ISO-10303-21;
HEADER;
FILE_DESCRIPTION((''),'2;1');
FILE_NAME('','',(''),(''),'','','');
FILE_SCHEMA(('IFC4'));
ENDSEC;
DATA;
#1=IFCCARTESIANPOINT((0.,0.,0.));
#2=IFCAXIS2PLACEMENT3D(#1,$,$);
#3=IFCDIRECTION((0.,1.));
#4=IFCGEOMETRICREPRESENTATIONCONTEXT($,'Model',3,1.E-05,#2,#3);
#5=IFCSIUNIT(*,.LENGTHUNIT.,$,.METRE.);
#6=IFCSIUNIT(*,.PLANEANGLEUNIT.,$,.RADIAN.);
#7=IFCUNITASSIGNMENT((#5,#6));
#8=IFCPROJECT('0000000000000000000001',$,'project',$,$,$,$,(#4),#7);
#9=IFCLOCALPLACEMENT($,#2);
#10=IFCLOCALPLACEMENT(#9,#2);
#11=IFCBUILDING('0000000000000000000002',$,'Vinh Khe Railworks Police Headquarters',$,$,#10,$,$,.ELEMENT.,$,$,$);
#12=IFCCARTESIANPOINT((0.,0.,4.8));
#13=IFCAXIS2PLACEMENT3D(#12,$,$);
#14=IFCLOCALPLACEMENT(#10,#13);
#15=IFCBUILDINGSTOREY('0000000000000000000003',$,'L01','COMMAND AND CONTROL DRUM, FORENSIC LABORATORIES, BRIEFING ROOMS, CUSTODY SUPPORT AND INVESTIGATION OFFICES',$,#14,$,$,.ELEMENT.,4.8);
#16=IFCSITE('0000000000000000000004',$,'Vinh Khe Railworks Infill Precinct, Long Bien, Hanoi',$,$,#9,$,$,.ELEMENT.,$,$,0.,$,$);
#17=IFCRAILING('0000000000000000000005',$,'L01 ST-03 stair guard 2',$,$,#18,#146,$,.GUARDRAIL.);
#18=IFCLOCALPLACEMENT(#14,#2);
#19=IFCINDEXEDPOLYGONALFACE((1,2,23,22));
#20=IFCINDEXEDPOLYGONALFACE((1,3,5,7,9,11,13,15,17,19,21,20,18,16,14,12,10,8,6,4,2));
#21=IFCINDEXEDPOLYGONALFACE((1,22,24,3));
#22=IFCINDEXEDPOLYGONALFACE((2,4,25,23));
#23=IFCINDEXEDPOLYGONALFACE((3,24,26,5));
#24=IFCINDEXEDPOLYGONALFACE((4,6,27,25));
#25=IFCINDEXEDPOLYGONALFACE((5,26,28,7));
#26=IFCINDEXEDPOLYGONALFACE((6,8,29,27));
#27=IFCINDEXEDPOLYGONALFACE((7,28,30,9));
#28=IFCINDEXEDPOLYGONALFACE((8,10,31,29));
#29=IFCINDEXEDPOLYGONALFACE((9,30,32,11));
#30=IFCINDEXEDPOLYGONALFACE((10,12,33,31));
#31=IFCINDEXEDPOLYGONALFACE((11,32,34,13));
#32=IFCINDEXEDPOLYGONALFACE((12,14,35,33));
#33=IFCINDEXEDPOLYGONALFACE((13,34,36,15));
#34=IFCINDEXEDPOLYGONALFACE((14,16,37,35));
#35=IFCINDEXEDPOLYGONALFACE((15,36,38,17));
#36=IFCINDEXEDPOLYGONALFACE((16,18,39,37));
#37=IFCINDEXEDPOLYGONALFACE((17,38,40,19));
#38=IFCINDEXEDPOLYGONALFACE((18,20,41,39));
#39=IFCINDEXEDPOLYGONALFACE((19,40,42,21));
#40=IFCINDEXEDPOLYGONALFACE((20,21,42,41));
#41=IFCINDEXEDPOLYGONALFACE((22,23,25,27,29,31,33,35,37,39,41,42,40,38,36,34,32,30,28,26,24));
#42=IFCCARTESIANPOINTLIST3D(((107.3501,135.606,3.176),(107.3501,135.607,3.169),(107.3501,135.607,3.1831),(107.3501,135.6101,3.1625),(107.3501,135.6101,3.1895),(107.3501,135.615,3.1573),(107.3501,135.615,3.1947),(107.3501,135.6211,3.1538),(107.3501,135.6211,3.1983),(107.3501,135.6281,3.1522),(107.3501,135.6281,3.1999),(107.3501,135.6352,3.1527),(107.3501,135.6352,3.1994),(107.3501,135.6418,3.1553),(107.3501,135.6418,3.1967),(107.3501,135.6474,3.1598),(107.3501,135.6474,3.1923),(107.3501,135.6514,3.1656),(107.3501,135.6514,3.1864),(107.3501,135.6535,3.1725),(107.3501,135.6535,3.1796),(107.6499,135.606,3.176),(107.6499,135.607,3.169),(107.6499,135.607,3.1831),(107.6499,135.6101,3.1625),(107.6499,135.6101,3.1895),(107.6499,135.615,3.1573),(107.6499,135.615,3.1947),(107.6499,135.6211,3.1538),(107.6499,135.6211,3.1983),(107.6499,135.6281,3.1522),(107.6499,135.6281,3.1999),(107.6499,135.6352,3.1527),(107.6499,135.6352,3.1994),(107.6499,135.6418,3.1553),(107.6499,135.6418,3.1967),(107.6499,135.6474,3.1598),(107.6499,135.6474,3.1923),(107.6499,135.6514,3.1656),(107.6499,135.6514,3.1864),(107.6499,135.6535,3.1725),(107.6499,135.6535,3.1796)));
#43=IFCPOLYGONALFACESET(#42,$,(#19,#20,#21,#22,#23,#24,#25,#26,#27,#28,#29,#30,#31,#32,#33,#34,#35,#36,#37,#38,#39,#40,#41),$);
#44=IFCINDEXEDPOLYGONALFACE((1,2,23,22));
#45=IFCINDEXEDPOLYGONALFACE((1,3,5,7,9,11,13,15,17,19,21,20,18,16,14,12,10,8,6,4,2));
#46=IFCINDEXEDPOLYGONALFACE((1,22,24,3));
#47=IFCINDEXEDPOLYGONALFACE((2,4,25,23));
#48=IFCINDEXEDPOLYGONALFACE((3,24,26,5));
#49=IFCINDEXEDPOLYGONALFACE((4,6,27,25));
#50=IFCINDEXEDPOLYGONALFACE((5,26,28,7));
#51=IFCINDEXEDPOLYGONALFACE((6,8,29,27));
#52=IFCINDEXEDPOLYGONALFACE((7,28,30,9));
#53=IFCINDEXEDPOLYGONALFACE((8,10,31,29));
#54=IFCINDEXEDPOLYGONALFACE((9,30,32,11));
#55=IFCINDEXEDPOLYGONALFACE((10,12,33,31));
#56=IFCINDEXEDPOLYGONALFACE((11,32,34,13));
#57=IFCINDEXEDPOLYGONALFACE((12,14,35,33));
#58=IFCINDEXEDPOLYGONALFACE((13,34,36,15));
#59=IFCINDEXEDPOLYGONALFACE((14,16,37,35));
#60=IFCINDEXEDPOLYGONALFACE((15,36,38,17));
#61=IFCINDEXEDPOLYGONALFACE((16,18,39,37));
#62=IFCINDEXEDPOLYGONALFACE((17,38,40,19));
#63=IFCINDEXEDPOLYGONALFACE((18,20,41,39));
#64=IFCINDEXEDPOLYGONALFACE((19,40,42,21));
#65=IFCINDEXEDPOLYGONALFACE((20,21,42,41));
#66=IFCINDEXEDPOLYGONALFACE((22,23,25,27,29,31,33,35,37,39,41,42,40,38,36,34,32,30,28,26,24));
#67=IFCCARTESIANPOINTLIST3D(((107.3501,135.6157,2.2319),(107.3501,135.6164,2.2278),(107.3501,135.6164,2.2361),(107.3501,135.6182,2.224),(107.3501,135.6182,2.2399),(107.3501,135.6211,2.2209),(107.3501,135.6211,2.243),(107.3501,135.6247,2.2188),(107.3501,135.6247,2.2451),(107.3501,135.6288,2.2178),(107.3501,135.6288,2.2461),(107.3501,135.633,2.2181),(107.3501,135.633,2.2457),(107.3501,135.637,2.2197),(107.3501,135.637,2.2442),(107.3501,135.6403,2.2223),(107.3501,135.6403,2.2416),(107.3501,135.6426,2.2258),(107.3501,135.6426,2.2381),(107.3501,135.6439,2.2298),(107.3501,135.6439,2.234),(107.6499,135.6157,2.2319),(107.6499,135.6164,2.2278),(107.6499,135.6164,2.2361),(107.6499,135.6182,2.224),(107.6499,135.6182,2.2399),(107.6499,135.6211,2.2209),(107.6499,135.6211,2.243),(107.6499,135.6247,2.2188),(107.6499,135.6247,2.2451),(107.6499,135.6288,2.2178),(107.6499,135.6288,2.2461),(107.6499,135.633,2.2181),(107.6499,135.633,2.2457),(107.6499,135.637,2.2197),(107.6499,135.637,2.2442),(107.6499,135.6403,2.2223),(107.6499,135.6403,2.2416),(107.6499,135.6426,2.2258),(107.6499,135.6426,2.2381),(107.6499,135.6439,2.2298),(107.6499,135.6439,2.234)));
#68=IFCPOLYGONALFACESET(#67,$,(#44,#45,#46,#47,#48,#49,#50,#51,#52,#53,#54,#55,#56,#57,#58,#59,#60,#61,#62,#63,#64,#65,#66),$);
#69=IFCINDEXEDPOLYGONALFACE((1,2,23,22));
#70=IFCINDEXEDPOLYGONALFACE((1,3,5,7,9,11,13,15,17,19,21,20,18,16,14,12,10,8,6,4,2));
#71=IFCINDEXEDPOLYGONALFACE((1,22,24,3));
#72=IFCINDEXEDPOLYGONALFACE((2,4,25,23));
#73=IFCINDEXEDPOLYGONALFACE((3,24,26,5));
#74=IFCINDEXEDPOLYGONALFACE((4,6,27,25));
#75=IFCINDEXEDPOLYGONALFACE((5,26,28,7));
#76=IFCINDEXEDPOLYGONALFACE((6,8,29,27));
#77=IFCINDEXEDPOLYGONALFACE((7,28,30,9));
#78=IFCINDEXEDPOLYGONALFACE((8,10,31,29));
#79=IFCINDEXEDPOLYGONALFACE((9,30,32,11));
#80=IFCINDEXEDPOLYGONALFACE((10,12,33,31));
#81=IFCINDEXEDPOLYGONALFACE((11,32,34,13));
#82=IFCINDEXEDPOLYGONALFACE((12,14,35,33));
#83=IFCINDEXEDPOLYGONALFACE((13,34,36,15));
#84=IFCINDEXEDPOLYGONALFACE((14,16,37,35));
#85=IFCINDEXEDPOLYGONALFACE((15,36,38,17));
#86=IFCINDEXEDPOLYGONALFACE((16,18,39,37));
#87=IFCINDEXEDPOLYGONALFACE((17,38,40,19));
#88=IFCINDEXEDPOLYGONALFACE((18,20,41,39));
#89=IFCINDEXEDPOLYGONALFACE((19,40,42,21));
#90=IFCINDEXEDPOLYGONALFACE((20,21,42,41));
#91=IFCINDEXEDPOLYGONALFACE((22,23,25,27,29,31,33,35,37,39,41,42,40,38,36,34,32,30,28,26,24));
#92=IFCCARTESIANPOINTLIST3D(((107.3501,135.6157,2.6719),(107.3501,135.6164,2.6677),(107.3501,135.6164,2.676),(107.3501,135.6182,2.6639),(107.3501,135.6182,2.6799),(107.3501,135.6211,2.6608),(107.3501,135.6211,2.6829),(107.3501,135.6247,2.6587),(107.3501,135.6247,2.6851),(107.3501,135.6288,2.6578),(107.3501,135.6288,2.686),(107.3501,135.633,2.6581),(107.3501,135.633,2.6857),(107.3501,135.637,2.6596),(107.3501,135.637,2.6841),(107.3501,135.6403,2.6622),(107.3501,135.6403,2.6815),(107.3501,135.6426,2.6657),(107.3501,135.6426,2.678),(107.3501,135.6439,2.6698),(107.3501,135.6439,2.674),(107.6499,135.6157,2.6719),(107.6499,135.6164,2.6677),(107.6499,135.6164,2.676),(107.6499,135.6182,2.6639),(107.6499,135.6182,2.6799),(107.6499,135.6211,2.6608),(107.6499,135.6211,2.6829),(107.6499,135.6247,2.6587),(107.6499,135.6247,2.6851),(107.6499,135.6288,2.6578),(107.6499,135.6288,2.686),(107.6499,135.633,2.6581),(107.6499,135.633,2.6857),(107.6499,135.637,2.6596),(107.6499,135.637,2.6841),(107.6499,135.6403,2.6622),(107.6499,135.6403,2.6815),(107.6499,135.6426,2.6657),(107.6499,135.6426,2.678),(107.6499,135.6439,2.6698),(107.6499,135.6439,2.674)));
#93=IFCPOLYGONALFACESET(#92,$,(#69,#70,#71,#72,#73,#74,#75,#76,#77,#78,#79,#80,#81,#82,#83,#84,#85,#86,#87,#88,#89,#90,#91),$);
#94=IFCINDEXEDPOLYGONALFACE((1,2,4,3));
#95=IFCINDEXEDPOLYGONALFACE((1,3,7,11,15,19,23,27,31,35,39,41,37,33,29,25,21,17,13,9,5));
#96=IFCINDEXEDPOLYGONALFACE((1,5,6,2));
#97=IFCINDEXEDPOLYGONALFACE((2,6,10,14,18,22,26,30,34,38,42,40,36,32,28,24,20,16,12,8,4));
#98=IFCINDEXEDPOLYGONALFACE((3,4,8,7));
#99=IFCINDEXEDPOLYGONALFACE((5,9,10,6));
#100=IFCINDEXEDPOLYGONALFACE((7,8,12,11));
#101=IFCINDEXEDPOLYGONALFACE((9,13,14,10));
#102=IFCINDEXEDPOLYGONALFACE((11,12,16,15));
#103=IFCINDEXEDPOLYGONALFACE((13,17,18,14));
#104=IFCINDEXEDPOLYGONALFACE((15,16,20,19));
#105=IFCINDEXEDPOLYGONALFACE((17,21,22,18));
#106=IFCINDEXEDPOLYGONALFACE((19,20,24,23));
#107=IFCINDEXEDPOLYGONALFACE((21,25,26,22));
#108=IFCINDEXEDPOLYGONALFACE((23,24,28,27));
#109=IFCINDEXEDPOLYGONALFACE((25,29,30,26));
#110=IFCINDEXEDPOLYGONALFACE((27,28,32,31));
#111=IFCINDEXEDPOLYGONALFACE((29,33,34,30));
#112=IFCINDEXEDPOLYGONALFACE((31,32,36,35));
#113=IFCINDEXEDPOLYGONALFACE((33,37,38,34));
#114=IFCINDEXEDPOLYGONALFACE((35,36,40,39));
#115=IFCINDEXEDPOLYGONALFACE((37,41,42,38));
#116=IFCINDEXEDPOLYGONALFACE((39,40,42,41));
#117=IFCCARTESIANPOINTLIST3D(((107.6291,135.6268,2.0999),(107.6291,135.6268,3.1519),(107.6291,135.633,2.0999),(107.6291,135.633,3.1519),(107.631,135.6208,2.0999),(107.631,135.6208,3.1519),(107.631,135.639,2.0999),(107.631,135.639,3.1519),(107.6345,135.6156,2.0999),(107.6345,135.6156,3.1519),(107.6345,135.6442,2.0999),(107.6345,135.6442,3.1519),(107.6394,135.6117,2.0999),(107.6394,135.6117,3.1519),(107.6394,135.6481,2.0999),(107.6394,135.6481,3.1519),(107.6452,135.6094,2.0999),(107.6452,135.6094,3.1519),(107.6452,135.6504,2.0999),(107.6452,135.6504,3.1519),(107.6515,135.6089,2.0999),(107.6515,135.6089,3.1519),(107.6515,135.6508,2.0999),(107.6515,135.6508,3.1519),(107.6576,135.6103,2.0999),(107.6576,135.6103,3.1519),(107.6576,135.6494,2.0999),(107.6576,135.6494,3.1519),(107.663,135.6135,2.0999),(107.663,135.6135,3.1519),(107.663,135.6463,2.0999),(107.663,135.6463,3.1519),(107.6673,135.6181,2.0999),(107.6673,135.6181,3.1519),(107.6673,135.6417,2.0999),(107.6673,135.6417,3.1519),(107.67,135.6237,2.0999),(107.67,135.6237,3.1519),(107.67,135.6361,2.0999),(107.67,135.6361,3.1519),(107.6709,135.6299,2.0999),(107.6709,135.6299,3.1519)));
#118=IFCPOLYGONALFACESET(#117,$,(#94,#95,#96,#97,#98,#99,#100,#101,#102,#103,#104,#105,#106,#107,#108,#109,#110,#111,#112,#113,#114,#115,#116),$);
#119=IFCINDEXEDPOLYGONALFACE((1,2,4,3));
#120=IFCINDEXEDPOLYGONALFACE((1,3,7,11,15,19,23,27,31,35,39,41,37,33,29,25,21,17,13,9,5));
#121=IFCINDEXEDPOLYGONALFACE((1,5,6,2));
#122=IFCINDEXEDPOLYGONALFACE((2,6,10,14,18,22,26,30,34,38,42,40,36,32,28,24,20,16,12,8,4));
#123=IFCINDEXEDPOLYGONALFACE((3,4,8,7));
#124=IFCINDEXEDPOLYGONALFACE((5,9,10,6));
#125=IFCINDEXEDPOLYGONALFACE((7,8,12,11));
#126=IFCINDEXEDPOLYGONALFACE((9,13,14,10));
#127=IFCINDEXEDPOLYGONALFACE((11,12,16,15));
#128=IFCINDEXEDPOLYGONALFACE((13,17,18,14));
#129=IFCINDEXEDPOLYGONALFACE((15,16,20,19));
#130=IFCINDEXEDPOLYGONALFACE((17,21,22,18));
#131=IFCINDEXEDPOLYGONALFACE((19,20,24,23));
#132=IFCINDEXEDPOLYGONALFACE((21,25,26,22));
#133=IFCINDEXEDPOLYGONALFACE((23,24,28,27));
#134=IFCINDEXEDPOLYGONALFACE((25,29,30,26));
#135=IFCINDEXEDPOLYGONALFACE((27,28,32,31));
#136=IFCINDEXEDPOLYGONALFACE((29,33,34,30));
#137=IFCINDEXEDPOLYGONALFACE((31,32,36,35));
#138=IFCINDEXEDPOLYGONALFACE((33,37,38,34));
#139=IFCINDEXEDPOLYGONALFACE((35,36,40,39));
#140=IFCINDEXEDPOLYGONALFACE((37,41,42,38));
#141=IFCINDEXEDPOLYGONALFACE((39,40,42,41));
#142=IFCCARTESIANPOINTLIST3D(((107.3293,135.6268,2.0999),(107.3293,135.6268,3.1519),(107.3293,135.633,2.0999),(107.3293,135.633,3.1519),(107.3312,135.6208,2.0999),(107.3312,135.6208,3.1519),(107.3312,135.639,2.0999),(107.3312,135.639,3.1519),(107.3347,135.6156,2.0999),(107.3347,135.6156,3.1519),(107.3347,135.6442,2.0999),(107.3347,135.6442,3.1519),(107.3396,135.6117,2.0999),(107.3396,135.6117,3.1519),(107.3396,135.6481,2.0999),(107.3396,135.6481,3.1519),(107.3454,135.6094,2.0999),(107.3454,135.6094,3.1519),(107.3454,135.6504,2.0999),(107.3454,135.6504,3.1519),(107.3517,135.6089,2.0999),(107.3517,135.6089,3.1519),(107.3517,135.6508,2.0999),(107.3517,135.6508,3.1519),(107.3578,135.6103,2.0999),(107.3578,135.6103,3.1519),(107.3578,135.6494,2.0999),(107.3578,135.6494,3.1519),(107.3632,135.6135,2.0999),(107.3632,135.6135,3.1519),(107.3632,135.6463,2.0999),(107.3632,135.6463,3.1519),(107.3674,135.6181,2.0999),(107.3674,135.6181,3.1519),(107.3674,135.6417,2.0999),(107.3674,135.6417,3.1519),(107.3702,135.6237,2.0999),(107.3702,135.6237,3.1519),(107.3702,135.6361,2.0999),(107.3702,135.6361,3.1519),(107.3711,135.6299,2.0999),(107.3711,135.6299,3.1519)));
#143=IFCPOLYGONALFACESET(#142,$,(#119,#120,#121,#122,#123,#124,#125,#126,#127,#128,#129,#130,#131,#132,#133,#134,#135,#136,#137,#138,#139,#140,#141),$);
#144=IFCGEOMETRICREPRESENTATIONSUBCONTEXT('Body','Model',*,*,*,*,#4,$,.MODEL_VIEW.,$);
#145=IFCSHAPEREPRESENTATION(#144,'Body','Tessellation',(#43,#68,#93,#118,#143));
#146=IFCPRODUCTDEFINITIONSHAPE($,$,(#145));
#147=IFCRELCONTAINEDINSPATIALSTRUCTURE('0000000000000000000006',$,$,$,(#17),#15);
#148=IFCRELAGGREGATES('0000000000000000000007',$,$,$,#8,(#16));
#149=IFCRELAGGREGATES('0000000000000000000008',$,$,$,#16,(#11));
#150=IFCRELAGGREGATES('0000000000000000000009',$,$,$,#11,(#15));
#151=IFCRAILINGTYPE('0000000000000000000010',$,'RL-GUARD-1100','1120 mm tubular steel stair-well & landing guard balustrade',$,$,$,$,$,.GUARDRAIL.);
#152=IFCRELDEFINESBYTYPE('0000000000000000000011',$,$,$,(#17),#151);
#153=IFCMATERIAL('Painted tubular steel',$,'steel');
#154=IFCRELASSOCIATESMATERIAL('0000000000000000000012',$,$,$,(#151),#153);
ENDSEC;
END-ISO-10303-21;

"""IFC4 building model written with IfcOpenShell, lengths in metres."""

from ifc_helpers import new_model, si_unit, direction, frame, origin, origin_2d, place, context, subcontext, project, spatial, circle, extrude, material, type_object, element, save


model = new_model("IFC4")

# Units and contexts
model_context = context("Model", 3, precision=1e-05, world=origin(), true_north=direction((0.0, 1.0)))
body_context = subcontext(model_context, "Body", "Model", "MODEL_VIEW")
ifc_project = project(units=[si_unit("LENGTHUNIT", "METRE"), si_unit("PLANEANGLEUNIT", "RADIAN")], contexts=[model_context])

# Site, building, storey
site_placement = place(None, origin())
site = spatial("IfcSite", under=ifc_project, at=site_placement, Name="Vinh Khe Railworks Infill Precinct, Long Bien, Hanoi", CompositionType="ELEMENT", RefElevation=0.0)
building_placement = place(site_placement, origin())
building = spatial("IfcBuilding", under=site, at=building_placement, Name="Vinh Khe Railworks Police Headquarters", CompositionType="ELEMENT")
storey_placement = place(building_placement, frame((0.0, 0.0, 4.8)))
storey = spatial("IfcBuildingStorey", under=building, at=storey_placement, Name="L01", Description="COMMAND AND CONTROL DRUM, FORENSIC LABORATORIES, BRIEFING ROOMS, CUSTODY SUPPORT AND INVESTIGATION OFFICES", CompositionType="ELEMENT", Elevation=4.8)

# Railing
ifc_material_1 = material(Name="Painted tubular steel", Category="steel")
railing_type_1 = type_object("IfcRailingType", Name="RL-GUARD-1100", Description="1120 mm tubular steel stair-well & landing guard balustrade", PredefinedType="GUARDRAIL", material=ifc_material_1)
railing_1_placement = place(storey_placement, frame((107.6499, 135.6299, 2.0999)))
element("IfcRailing", 1, at=railing_1_placement, inside=storey, type_object=railing_type_1, Name="L01 ST-03 stair guard 2", PredefinedType="GUARDRAIL", context=body_context, shape_type="SweptSolid", body=[
    extrude(circle(Radius=0.0239, at=origin_2d()), frame((0.0, 0.0, 1.0762), z_axis=(-1.0, 0.0, 0.0), x_axis=(0.0, -1.0, 0.0)), (0.0, 0.0, 1.0), 0.2998),
    extrude(circle(Radius=0.0142, at=origin_2d()), frame((0.0, 0.0, 0.1321), z_axis=(-1.0, 0.0, 0.0), x_axis=(0.0, -1.0, 0.0)), (0.0, 0.0, 1.0), 0.2998),
    extrude(circle(Radius=0.0142, at=origin_2d()), frame((0.0, 0.0, 0.572), z_axis=(-1.0, 0.0, 0.0), x_axis=(0.0, -1.0, 0.0)), (0.0, 0.0, 1.0), 0.2998),
    extrude(circle(Radius=0.021, at=origin_2d()), origin(), (0.0, 0.0, 1.0), 1.052),
    extrude(circle(Radius=0.021, at=origin_2d()), frame((-0.2998, 0.0, 0.0)), (0.0, 0.0, 1.0), 1.052),
])

save(model, "model.ifc")
